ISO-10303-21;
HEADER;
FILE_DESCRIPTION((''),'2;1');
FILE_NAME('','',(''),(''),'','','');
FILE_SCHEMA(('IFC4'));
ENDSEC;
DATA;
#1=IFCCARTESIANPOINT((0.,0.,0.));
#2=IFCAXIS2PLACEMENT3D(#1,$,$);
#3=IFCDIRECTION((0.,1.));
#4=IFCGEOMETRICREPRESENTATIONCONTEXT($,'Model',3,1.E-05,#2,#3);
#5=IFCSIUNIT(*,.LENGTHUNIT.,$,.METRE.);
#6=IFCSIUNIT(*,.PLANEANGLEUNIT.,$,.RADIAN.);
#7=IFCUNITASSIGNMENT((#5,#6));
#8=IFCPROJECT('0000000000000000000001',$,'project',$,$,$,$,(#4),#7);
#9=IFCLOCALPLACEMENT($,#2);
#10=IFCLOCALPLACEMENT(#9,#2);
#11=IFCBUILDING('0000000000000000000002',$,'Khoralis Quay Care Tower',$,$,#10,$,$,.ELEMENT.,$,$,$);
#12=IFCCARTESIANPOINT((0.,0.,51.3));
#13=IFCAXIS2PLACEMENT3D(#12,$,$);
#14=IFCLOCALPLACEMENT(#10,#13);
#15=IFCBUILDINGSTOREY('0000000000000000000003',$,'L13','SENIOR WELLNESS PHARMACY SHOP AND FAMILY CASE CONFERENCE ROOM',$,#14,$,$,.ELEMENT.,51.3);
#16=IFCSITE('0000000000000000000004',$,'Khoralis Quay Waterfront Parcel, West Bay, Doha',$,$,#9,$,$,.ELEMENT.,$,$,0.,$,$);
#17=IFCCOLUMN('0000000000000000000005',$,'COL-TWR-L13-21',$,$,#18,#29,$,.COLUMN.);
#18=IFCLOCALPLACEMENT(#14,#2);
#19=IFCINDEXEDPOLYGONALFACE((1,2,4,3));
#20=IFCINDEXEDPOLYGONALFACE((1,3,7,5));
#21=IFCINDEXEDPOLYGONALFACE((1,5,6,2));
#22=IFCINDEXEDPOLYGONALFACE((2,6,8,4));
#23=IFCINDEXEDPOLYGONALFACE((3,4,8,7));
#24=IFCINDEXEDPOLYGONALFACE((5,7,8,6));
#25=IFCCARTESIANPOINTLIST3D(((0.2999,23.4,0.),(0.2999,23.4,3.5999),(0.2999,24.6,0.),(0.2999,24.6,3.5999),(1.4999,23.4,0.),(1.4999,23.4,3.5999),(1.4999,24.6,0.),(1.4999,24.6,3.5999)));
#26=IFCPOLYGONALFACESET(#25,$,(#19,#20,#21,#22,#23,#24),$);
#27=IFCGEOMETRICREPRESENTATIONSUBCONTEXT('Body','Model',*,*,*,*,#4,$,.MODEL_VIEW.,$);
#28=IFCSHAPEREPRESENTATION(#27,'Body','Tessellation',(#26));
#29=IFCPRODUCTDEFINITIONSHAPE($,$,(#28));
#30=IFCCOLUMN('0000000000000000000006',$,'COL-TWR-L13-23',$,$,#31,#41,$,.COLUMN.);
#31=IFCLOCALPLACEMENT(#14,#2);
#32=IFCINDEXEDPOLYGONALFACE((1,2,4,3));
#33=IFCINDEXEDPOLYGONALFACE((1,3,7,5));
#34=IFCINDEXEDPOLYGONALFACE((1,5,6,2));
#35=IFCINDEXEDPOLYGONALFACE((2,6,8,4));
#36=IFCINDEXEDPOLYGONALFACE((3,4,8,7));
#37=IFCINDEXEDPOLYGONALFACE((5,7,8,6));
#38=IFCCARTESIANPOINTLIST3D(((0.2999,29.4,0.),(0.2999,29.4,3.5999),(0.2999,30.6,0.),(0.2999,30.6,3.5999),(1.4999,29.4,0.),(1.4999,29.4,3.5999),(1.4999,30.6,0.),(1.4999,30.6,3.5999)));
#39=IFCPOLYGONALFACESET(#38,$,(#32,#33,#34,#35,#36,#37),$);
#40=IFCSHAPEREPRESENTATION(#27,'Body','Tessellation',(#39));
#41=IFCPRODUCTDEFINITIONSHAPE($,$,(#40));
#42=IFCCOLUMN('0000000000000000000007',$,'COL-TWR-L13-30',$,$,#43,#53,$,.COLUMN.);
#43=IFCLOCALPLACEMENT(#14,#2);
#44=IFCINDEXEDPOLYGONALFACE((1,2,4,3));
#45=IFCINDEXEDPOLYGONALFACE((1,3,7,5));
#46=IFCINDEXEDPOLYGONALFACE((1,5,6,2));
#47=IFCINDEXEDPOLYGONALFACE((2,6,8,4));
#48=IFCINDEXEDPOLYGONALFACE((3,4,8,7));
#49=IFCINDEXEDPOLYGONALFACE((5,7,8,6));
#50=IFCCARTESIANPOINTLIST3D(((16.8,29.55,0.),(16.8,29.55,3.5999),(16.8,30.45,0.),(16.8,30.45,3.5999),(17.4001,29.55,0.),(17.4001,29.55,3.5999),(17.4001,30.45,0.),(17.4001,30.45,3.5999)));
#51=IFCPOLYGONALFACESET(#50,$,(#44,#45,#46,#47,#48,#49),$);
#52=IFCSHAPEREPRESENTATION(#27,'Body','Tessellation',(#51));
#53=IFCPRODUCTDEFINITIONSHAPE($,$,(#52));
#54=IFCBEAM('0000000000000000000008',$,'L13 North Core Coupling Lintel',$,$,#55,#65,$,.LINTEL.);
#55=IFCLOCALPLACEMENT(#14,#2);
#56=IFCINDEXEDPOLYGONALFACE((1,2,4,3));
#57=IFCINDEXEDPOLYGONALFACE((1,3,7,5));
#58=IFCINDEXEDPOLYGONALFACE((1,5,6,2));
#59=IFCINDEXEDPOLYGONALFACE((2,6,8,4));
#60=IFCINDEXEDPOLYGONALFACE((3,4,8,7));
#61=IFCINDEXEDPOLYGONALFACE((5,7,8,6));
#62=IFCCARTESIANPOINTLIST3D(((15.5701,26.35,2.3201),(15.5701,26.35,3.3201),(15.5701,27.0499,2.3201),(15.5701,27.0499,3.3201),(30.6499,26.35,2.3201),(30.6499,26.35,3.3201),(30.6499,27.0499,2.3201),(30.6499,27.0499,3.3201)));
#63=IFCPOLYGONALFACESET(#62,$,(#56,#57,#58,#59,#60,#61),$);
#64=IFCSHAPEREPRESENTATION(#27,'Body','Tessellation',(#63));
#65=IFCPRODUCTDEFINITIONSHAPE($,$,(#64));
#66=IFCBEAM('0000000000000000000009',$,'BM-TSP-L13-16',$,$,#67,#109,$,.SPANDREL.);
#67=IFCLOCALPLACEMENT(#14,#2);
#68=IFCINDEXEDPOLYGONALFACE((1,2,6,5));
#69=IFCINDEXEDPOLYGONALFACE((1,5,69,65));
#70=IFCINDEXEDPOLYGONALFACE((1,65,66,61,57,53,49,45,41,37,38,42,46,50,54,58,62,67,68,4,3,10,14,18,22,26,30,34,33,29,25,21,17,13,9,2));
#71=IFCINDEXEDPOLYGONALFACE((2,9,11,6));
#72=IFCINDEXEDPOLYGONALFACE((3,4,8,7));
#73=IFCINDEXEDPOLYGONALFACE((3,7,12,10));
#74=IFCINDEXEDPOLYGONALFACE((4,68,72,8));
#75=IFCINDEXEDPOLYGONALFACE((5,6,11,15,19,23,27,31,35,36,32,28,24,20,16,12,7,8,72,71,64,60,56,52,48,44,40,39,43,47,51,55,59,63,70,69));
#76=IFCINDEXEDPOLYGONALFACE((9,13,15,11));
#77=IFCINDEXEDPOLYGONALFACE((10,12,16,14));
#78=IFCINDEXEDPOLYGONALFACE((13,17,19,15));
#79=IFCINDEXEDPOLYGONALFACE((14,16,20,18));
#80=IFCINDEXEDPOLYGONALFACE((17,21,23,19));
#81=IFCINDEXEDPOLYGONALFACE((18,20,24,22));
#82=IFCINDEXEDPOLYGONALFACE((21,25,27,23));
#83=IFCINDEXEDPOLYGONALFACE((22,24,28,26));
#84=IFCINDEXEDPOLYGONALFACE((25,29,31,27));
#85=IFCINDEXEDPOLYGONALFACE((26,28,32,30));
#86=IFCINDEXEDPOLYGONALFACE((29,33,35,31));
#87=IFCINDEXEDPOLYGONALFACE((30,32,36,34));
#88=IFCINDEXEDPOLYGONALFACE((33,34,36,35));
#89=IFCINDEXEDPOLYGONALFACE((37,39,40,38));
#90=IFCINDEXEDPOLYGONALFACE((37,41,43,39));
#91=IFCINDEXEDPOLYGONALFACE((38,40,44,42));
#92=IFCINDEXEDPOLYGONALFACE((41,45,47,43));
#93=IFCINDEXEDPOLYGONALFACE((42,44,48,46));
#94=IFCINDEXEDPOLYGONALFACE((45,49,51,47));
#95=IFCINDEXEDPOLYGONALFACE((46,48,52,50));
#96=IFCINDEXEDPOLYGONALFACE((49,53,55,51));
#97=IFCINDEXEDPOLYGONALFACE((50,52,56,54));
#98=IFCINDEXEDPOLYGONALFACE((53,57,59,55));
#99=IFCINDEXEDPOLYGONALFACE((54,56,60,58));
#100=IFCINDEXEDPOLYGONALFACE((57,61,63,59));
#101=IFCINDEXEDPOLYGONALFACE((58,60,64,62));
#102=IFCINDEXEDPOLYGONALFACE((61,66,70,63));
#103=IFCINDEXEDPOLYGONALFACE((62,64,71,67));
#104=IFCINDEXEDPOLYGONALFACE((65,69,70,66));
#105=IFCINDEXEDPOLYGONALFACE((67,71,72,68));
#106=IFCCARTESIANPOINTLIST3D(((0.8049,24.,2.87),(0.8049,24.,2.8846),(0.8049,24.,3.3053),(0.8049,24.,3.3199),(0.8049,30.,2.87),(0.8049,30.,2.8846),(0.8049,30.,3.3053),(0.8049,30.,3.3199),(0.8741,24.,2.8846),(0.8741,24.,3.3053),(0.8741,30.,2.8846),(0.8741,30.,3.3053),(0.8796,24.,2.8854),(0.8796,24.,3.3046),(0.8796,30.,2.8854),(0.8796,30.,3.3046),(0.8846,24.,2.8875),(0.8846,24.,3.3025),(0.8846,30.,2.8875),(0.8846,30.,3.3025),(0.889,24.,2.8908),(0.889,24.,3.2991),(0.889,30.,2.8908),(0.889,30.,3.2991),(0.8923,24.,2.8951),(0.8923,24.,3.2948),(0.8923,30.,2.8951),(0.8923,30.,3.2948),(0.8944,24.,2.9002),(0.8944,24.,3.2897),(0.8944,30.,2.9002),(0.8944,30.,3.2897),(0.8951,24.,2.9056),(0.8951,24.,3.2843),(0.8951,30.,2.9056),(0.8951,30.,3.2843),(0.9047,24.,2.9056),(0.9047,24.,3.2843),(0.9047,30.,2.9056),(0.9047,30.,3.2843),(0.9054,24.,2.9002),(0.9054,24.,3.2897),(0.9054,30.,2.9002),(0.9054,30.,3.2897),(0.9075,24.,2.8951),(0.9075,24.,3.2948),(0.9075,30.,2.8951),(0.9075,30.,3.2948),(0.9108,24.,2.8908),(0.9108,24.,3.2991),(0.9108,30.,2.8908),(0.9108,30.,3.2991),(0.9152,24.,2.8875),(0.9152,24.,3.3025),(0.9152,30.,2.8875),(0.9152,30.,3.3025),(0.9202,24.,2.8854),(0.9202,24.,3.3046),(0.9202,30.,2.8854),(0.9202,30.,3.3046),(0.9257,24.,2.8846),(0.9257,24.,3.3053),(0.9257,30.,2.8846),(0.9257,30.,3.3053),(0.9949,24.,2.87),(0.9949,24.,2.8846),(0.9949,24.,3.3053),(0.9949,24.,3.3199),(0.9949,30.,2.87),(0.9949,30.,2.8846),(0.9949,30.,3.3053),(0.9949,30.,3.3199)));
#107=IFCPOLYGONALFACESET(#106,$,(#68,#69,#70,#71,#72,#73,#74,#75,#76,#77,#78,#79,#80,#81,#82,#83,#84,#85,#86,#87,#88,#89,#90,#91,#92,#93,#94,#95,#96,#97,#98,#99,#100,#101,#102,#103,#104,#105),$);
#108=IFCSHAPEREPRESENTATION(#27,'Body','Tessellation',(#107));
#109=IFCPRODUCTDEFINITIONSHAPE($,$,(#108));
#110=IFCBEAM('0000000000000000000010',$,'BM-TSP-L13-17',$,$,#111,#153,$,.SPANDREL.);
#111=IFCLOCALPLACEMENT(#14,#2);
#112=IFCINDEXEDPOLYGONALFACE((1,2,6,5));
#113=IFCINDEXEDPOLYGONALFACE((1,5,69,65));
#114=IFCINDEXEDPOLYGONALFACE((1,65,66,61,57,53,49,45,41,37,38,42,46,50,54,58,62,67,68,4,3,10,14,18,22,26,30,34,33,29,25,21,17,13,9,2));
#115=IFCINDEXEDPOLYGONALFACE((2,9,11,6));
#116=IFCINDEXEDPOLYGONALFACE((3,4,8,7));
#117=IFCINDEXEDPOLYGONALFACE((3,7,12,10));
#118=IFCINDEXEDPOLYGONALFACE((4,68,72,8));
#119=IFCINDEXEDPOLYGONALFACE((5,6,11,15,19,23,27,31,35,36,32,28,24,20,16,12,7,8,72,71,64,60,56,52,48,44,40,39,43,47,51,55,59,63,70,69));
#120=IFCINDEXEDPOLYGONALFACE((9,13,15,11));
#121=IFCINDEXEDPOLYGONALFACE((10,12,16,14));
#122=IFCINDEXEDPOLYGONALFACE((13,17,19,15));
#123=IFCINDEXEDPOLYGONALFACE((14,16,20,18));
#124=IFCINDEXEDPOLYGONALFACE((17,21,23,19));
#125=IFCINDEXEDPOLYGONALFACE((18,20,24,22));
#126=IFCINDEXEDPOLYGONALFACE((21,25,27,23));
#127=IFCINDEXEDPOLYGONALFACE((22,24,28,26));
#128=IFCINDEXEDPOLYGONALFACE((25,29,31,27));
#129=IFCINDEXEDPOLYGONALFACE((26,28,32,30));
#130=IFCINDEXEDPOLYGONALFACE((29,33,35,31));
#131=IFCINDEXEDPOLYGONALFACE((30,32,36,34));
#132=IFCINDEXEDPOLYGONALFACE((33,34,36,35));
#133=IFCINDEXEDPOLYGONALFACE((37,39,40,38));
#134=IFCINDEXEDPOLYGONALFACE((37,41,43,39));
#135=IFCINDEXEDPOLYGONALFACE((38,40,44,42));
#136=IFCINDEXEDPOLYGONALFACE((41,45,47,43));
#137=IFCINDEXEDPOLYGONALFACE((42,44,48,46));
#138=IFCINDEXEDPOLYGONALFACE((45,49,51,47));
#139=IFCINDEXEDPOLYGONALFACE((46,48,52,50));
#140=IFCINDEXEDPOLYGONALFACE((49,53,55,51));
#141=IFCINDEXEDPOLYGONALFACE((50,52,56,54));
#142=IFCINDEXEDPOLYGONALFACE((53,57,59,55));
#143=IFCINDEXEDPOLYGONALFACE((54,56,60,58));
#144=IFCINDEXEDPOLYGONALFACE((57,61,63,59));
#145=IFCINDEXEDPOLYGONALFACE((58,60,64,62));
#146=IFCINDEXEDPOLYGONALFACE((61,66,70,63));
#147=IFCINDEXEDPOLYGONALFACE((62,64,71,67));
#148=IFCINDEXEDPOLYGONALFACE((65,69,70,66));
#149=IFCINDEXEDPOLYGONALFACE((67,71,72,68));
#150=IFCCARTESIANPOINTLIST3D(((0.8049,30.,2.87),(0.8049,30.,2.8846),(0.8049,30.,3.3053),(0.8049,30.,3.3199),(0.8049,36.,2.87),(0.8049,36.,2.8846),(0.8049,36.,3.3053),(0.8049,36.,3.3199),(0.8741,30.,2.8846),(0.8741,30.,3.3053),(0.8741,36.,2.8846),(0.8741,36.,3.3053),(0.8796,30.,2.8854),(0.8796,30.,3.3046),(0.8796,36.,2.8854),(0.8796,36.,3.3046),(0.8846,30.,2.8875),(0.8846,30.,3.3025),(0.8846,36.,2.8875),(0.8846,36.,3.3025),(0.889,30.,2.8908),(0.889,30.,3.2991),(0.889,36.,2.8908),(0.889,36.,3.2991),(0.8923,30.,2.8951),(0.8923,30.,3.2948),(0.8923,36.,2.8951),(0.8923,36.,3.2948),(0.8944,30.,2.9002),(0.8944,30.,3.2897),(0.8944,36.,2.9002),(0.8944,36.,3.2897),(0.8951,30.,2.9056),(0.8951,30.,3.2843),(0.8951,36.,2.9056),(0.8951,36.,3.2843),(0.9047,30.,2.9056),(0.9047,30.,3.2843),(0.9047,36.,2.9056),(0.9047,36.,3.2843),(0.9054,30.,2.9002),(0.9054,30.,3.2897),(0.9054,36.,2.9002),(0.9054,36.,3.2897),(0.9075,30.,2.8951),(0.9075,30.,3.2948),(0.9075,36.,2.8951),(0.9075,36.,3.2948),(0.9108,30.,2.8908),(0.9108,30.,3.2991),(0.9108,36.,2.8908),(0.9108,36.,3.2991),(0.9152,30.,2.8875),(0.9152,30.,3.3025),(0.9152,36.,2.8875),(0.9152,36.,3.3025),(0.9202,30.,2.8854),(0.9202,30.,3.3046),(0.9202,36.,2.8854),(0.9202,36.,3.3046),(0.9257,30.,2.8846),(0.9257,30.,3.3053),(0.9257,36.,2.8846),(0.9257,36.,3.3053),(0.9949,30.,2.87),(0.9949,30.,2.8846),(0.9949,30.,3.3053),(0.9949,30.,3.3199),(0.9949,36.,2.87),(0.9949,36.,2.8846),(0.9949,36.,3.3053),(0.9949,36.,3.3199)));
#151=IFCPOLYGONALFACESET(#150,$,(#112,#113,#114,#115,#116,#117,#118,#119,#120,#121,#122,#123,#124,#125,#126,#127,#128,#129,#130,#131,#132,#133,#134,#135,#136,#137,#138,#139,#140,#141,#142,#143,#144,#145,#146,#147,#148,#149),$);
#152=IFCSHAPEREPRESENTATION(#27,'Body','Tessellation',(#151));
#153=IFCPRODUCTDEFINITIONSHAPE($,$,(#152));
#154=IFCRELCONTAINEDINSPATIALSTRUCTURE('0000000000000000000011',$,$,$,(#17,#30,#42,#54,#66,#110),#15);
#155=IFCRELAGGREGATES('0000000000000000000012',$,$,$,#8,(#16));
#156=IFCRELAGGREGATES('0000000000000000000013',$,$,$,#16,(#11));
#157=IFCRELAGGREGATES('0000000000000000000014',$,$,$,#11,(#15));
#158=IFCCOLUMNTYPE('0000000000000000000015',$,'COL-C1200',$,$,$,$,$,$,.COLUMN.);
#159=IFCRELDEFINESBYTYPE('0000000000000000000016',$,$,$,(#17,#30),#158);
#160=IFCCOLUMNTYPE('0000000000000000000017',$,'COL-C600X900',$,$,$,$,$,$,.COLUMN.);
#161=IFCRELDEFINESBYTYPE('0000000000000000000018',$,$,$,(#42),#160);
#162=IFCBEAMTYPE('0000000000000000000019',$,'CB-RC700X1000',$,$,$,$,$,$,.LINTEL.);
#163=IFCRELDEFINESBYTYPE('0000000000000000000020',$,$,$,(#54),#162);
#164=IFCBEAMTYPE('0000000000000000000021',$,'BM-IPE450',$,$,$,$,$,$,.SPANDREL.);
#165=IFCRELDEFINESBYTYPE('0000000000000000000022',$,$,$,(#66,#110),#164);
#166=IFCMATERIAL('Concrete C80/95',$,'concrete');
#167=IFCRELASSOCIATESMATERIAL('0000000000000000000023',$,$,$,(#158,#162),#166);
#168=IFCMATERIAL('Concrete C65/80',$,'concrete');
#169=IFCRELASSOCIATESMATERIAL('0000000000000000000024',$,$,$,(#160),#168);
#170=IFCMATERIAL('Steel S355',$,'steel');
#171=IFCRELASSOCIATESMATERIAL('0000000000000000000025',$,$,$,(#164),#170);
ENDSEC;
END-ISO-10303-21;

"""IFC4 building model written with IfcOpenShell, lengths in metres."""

from ifc_helpers import new_model, si_unit, direction, frame, origin, origin_2d, place, context, subcontext, project, spatial, rectangle, i_section, extrude, source, transform, mapped, material, material_profile, profile_set, type_object, element, save


model = new_model("IFC4")

# Units and contexts
model_context = context("Model", 3, precision=1e-05, world=origin(), true_north=direction((0.0, 1.0)))
body_context = subcontext(model_context, "Body", "Model", "MODEL_VIEW")
ifc_project = project(units=[si_unit("LENGTHUNIT", "METRE"), si_unit("PLANEANGLEUNIT", "RADIAN")], contexts=[model_context])

# Site, building, storey
site_placement = place(None, origin())
site = spatial("IfcSite", under=ifc_project, at=site_placement, Name="Khoralis Quay Waterfront Parcel, West Bay, Doha", CompositionType="ELEMENT", RefElevation=0.0)
building_placement = place(site_placement, origin())
building = spatial("IfcBuilding", under=site, at=building_placement, Name="Khoralis Quay Care Tower", CompositionType="ELEMENT")
storey_placement = place(building_placement, frame((0.0, 0.0, 51.3)))
storey = spatial("IfcBuildingStorey", under=building, at=storey_placement, Name="L13", Description="SENIOR WELLNESS PHARMACY SHOP AND FAMILY CASE CONFERENCE ROOM", CompositionType="ELEMENT", Elevation=51.3)

# Columns
ifc_material_1 = material(Name="Concrete C80/95", Category="concrete")
ifc_material_profile_1 = material_profile(ifc_material_1, rectangle(XDim=1.2, YDim=1.2, at=origin_2d()), Name="Concrete C80/95")
ifc_profile_set_1 = profile_set([ifc_material_profile_1], Name="Concrete C80/95")
column_type_1 = type_object("IfcColumnType", Name="COL-C1200", PredefinedType="COLUMN", material=ifc_profile_set_1)
shared_shape_1 = source(origin(), body_context, "Body", "SweptSolid", [
    extrude(rectangle(XDim=1.2, YDim=1.2, at=origin_2d()), origin(), (0.0, 0.0, 1.0), 3.5999),
])
for number, where, z_axis, x_axis, name in (
    (1, (0.8999, 24.0, 0.0), (0.0, 0.0, 1.0), (1.0, 0.0, 0.0), "COL-TWR-L13-21"),
    (2, (0.8999, 30.0, 0.0), (0.0, 0.0, 1.0), (1.0, 0.0, 0.0), "COL-TWR-L13-23"),
):
    element("IfcColumn", number, at=place(storey_placement, frame(where, z_axis=z_axis, x_axis=x_axis)), inside=storey, type_object=column_type_1, Name=name, PredefinedType="COLUMN", context=body_context, shape_type="MappedRepresentation", body=[
        mapped(shared_shape_1, transform((0.0, 0.0, 0.0), scale=1.0)),
    ])
ifc_material_2 = material(Name="Concrete C65/80", Category="concrete")
ifc_material_profile_2 = material_profile(ifc_material_2, rectangle(XDim=0.6001, YDim=0.8999, at=origin_2d()), Name="Concrete C65/80")
ifc_profile_set_2 = profile_set([ifc_material_profile_2], Name="Concrete C65/80")
column_type_2 = type_object("IfcColumnType", Name="COL-C600X900", PredefinedType="COLUMN", material=ifc_profile_set_2)
shared_shape_2 = source(origin(), body_context, "Body", "SweptSolid", [
    extrude(rectangle(XDim=0.6001, YDim=0.8999, at=origin_2d()), origin(), (0.0, 0.0, 1.0), 3.5999),
])
column_placement = place(storey_placement, frame((17.1001, 30.0, 0.0), z_axis=(0.0, 0.0, 1.0), x_axis=(1.0, 0.0, 0.0)))
element("IfcColumn", 3, at=column_placement, inside=storey, type_object=column_type_2, Name="COL-TWR-L13-30", PredefinedType="COLUMN", context=body_context, shape_type="MappedRepresentation", body=[
    mapped(shared_shape_2, transform((0.0, 0.0, 0.0), scale=1.0)),
])

# Beams
ifc_material_profile_3 = material_profile(ifc_material_1, rectangle(XDim=0.7, YDim=1.0, at=origin_2d()), Name="Concrete C80/95")
ifc_profile_set_3 = profile_set([ifc_material_profile_3], Name="Concrete C80/95")
beam_type_1 = type_object("IfcBeamType", Name="CB-RC700X1000", PredefinedType="LINTEL", material=ifc_profile_set_3)
shared_shape_3 = source(origin(), body_context, "Body", "SweptSolid", [
    extrude(rectangle(XDim=0.7, YDim=1.0, at=origin_2d()), origin(), (0.0, 0.0, 1.0), 15.0798),
])
beam_1_placement = place(storey_placement, frame((15.5701, 26.7, 2.8201), z_axis=(1.0, 0.0, 0.0), x_axis=(0.0, 1.0, 0.0)))
element("IfcBeam", 4, at=beam_1_placement, inside=storey, type_object=beam_type_1, Name="L13 North Core Coupling Lintel", PredefinedType="LINTEL", context=body_context, shape_type="MappedRepresentation", body=[
    mapped(shared_shape_3, transform((0.0, 0.0, 0.0), scale=1.0)),
])
ifc_material_3 = material(Name="Steel S355", Category="steel")
ifc_material_profile_4 = material_profile(ifc_material_3, i_section(OverallWidth=0.1899, OverallDepth=0.45, WebThickness=0.0095, FlangeThickness=0.0146, FilletRadius=0.021, at=origin_2d()), Name="Steel S355")
ifc_profile_set_4 = profile_set([ifc_material_profile_4], Name="Steel S355")
beam_type_2 = type_object("IfcBeamType", Name="BM-IPE450", PredefinedType="SPANDREL", material=ifc_profile_set_4)
shared_shape_4 = source(origin(), body_context, "Body", "SweptSolid", [
    extrude(i_section(OverallWidth=0.1899, OverallDepth=0.45, WebThickness=0.0095, FlangeThickness=0.0146, FilletRadius=0.021, at=origin_2d()), origin(), (0.0, 0.0, 1.0), 6.0),
])
for number, where, z_axis, x_axis, name in (
    (5, (0.8999, 24.0, 3.095), (0.0, 1.0, 0.0), (-1.0, 0.0, 0.0), "BM-TSP-L13-16"),
    (6, (0.8999, 30.0, 3.095), (0.0, 1.0, 0.0), (-1.0, 0.0, 0.0), "BM-TSP-L13-17"),
):
    element("IfcBeam", number, at=place(storey_placement, frame(where, z_axis=z_axis, x_axis=x_axis)), inside=storey, type_object=beam_type_2, Name=name, PredefinedType="SPANDREL", context=body_context, shape_type="MappedRepresentation", body=[
        mapped(shared_shape_4, transform((0.0, 0.0, 0.0), scale=1.0)),
    ])

save(model, "model.ifc")
